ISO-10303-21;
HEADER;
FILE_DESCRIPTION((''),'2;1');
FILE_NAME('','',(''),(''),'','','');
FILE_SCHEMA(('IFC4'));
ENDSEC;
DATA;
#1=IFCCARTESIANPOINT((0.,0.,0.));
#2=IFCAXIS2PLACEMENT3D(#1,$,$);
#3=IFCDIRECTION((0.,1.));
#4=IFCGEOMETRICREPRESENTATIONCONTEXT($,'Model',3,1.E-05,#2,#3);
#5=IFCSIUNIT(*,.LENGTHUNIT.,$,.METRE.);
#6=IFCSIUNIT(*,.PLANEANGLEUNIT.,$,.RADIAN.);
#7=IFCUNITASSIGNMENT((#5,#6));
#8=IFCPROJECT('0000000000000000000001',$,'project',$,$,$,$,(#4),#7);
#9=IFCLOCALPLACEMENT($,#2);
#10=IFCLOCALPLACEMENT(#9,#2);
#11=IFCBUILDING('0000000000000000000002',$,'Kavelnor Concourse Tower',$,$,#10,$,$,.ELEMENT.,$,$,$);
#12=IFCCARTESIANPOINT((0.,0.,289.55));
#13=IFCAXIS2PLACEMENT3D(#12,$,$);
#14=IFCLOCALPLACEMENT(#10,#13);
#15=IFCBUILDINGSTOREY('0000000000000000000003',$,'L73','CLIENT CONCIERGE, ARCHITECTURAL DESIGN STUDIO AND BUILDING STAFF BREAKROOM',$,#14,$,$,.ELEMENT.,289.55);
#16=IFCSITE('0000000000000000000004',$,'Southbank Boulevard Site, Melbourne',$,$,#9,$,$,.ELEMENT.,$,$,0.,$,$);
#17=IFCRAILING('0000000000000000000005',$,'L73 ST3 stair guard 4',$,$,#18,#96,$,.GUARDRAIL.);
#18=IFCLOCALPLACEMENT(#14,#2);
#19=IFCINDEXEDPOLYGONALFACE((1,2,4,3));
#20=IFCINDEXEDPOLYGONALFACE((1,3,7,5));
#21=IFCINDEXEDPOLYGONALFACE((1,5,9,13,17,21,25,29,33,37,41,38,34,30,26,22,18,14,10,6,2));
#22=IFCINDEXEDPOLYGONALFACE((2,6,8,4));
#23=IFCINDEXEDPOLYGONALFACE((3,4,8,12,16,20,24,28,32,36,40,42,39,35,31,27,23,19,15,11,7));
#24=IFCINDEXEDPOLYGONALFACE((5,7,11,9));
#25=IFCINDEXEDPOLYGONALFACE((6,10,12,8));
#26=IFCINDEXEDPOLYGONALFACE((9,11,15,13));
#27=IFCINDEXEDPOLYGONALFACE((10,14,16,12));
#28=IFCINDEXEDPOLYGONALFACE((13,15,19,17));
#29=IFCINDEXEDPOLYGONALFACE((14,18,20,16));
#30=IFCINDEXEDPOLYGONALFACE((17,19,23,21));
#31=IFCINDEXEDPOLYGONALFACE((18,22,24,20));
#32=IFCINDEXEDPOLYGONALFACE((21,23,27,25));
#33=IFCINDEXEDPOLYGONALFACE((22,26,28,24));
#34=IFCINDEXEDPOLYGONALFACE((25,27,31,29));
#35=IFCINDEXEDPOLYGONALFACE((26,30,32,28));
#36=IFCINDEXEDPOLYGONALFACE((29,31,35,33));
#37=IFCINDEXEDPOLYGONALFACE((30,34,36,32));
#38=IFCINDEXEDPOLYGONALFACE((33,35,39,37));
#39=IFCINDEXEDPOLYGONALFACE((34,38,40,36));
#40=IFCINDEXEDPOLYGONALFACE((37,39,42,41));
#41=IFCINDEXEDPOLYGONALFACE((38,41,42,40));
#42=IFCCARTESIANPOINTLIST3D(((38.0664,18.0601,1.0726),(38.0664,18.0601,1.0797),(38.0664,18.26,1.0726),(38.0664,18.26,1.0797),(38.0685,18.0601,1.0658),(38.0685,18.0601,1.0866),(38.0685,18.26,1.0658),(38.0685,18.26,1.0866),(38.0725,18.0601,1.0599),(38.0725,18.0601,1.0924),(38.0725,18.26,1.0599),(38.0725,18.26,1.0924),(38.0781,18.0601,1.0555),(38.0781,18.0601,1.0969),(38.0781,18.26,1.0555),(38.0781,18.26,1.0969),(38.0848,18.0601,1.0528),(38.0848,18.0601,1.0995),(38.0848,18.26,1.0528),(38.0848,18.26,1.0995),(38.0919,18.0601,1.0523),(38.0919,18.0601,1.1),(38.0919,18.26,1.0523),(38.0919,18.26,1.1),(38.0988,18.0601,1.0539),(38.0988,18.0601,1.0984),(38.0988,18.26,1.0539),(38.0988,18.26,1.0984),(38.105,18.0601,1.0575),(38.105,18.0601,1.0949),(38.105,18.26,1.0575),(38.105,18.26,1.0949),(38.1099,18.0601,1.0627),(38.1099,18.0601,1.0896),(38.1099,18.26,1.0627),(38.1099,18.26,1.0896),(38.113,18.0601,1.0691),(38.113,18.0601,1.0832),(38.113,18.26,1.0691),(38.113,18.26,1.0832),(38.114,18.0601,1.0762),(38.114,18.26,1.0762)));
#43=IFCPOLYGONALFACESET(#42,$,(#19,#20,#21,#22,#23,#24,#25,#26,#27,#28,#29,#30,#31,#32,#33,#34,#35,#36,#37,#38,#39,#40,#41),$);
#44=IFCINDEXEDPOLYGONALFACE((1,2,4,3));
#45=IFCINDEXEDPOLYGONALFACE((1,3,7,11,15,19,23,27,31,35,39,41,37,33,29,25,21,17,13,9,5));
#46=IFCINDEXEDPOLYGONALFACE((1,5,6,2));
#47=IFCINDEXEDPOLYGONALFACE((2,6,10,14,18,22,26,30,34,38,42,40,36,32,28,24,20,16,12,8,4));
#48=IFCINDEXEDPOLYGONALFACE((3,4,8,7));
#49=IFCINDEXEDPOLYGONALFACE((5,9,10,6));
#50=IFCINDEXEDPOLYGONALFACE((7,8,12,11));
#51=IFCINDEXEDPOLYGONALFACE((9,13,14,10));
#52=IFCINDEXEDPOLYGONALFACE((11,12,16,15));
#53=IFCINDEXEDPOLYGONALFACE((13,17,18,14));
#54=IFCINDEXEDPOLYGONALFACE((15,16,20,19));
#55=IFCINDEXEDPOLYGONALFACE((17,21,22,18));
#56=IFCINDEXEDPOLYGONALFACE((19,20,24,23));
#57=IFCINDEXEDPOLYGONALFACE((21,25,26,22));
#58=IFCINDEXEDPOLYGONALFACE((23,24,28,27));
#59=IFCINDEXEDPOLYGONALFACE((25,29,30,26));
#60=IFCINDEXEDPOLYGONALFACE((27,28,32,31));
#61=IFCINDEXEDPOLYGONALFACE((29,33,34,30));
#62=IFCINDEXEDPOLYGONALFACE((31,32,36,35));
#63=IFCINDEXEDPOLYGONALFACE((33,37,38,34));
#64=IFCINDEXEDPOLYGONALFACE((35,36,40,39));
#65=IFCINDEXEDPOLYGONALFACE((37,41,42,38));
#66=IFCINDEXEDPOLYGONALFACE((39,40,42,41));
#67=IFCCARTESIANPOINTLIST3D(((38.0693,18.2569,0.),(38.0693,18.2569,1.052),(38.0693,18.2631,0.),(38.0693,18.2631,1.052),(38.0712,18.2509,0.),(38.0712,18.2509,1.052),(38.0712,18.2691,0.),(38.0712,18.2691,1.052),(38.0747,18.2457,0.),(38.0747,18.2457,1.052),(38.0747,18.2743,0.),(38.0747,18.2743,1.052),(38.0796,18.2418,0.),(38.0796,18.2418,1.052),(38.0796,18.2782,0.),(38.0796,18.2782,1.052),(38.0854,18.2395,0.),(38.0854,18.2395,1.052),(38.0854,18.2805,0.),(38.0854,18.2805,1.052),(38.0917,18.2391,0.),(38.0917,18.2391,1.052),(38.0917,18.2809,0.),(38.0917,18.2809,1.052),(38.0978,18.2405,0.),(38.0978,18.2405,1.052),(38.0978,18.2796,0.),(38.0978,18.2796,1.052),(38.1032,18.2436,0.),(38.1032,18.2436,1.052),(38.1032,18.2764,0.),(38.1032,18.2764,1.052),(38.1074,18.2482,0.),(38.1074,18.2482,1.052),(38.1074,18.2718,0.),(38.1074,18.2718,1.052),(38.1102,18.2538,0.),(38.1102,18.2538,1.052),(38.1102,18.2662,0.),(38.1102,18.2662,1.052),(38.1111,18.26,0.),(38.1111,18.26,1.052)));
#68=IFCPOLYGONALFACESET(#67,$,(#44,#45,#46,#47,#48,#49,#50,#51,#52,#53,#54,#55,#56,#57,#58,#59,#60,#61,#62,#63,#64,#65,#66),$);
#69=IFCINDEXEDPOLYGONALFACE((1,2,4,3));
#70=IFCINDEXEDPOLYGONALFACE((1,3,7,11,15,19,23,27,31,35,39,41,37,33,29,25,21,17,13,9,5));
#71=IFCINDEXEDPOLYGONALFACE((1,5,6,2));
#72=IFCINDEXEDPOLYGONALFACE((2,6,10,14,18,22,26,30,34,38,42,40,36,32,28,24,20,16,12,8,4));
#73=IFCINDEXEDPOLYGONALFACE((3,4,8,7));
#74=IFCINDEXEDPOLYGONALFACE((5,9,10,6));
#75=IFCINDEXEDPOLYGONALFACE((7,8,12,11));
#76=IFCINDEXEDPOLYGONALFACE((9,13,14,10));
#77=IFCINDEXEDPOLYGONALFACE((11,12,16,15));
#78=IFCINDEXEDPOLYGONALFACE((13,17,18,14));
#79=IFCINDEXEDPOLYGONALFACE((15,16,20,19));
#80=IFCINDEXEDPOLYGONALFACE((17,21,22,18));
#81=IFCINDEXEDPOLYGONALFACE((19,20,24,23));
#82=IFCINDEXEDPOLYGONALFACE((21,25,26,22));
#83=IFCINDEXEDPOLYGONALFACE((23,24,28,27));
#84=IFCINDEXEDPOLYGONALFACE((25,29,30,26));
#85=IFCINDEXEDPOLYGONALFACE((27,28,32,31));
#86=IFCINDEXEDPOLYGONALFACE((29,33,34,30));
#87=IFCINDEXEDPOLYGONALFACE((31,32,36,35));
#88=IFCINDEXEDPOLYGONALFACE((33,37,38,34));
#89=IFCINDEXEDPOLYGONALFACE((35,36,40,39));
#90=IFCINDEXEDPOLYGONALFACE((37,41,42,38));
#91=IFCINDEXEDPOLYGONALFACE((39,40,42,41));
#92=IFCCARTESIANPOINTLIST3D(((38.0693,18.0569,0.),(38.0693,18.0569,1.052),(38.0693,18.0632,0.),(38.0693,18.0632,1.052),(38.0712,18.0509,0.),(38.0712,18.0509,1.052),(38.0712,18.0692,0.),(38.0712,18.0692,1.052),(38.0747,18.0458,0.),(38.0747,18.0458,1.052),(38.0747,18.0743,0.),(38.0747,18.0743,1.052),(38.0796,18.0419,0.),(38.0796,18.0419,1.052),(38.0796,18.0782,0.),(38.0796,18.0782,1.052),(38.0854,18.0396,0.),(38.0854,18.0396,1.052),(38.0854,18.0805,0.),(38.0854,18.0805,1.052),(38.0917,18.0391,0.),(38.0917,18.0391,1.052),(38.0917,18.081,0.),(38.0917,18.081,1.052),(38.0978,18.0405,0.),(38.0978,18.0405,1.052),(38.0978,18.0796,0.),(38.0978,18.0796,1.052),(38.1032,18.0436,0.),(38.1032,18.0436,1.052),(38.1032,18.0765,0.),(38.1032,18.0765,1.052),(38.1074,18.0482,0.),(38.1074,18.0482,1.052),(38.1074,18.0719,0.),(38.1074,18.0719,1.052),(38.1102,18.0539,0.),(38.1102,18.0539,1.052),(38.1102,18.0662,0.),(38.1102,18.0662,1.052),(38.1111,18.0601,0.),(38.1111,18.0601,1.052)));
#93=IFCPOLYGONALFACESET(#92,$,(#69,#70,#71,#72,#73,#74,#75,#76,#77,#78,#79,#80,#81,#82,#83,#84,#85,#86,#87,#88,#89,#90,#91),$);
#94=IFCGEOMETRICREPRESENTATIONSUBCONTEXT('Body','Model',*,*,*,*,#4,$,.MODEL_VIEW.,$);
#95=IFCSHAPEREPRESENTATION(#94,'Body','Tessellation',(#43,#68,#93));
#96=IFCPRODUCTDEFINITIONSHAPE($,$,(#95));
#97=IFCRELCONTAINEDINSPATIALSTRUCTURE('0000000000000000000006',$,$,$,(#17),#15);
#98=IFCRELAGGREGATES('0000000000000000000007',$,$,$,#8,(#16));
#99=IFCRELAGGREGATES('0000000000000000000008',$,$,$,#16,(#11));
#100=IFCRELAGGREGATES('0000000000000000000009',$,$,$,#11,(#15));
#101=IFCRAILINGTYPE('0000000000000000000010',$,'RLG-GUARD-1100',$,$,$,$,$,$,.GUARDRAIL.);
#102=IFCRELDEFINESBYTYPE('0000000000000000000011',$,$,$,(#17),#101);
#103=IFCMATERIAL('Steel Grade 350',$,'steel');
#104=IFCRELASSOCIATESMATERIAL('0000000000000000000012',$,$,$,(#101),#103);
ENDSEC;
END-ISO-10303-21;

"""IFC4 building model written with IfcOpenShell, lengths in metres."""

from ifc_helpers import new_model, si_unit, direction, frame, origin, origin_2d, place, context, subcontext, project, spatial, circle, extrude, material, type_object, element, save


model = new_model("IFC4")

# Units and contexts
model_context = context("Model", 3, precision=1e-05, world=origin(), true_north=direction((0.0, 1.0)))
body_context = subcontext(model_context, "Body", "Model", "MODEL_VIEW")
ifc_project = project(units=[si_unit("LENGTHUNIT", "METRE"), si_unit("PLANEANGLEUNIT", "RADIAN")], contexts=[model_context])

# Site, building, storey
site_placement = place(None, origin())
site = spatial("IfcSite", under=ifc_project, at=site_placement, Name="Southbank Boulevard Site, Melbourne", CompositionType="ELEMENT", RefElevation=0.0)
building_placement = place(site_placement, origin())
building = spatial("IfcBuilding", under=site, at=building_placement, Name="Kavelnor Concourse Tower", CompositionType="ELEMENT")
storey_placement = place(building_placement, frame((0.0, 0.0, 289.55)))
storey = spatial("IfcBuildingStorey", under=building, at=storey_placement, Name="L73", Description="CLIENT CONCIERGE, ARCHITECTURAL DESIGN STUDIO AND BUILDING STAFF BREAKROOM", CompositionType="ELEMENT", Elevation=289.55)

# Shared definitions
ifc_material_1 = material(Name="Steel Grade 350", Category="steel")

# Railing
railing_type_1 = type_object("IfcRailingType", Name="RLG-GUARD-1100", PredefinedType="GUARDRAIL", material=ifc_material_1)
railing_1_placement = place(storey_placement, frame((38.0901, 18.26, 0.0)))
element("IfcRailing", 1, at=railing_1_placement, inside=storey, type_object=railing_type_1, Name="L73 ST3 stair guard 4", PredefinedType="GUARDRAIL", context=body_context, shape_type="SweptSolid", body=[
    extrude(circle(Radius=0.0239, at=origin_2d()), frame((0.0, 0.0, 1.0762), z_axis=(0.0, -1.0, 0.0), x_axis=(1.0, 0.0, 0.0)), (0.0, 0.0, 1.0), 0.2),
    extrude(circle(Radius=0.021, at=origin_2d()), origin(), (0.0, 0.0, 1.0), 1.052),
    extrude(circle(Radius=0.021, at=origin_2d()), frame((0.0, -0.2, 0.0)), (0.0, 0.0, 1.0), 1.052),
])

save(model, "model.ifc")
